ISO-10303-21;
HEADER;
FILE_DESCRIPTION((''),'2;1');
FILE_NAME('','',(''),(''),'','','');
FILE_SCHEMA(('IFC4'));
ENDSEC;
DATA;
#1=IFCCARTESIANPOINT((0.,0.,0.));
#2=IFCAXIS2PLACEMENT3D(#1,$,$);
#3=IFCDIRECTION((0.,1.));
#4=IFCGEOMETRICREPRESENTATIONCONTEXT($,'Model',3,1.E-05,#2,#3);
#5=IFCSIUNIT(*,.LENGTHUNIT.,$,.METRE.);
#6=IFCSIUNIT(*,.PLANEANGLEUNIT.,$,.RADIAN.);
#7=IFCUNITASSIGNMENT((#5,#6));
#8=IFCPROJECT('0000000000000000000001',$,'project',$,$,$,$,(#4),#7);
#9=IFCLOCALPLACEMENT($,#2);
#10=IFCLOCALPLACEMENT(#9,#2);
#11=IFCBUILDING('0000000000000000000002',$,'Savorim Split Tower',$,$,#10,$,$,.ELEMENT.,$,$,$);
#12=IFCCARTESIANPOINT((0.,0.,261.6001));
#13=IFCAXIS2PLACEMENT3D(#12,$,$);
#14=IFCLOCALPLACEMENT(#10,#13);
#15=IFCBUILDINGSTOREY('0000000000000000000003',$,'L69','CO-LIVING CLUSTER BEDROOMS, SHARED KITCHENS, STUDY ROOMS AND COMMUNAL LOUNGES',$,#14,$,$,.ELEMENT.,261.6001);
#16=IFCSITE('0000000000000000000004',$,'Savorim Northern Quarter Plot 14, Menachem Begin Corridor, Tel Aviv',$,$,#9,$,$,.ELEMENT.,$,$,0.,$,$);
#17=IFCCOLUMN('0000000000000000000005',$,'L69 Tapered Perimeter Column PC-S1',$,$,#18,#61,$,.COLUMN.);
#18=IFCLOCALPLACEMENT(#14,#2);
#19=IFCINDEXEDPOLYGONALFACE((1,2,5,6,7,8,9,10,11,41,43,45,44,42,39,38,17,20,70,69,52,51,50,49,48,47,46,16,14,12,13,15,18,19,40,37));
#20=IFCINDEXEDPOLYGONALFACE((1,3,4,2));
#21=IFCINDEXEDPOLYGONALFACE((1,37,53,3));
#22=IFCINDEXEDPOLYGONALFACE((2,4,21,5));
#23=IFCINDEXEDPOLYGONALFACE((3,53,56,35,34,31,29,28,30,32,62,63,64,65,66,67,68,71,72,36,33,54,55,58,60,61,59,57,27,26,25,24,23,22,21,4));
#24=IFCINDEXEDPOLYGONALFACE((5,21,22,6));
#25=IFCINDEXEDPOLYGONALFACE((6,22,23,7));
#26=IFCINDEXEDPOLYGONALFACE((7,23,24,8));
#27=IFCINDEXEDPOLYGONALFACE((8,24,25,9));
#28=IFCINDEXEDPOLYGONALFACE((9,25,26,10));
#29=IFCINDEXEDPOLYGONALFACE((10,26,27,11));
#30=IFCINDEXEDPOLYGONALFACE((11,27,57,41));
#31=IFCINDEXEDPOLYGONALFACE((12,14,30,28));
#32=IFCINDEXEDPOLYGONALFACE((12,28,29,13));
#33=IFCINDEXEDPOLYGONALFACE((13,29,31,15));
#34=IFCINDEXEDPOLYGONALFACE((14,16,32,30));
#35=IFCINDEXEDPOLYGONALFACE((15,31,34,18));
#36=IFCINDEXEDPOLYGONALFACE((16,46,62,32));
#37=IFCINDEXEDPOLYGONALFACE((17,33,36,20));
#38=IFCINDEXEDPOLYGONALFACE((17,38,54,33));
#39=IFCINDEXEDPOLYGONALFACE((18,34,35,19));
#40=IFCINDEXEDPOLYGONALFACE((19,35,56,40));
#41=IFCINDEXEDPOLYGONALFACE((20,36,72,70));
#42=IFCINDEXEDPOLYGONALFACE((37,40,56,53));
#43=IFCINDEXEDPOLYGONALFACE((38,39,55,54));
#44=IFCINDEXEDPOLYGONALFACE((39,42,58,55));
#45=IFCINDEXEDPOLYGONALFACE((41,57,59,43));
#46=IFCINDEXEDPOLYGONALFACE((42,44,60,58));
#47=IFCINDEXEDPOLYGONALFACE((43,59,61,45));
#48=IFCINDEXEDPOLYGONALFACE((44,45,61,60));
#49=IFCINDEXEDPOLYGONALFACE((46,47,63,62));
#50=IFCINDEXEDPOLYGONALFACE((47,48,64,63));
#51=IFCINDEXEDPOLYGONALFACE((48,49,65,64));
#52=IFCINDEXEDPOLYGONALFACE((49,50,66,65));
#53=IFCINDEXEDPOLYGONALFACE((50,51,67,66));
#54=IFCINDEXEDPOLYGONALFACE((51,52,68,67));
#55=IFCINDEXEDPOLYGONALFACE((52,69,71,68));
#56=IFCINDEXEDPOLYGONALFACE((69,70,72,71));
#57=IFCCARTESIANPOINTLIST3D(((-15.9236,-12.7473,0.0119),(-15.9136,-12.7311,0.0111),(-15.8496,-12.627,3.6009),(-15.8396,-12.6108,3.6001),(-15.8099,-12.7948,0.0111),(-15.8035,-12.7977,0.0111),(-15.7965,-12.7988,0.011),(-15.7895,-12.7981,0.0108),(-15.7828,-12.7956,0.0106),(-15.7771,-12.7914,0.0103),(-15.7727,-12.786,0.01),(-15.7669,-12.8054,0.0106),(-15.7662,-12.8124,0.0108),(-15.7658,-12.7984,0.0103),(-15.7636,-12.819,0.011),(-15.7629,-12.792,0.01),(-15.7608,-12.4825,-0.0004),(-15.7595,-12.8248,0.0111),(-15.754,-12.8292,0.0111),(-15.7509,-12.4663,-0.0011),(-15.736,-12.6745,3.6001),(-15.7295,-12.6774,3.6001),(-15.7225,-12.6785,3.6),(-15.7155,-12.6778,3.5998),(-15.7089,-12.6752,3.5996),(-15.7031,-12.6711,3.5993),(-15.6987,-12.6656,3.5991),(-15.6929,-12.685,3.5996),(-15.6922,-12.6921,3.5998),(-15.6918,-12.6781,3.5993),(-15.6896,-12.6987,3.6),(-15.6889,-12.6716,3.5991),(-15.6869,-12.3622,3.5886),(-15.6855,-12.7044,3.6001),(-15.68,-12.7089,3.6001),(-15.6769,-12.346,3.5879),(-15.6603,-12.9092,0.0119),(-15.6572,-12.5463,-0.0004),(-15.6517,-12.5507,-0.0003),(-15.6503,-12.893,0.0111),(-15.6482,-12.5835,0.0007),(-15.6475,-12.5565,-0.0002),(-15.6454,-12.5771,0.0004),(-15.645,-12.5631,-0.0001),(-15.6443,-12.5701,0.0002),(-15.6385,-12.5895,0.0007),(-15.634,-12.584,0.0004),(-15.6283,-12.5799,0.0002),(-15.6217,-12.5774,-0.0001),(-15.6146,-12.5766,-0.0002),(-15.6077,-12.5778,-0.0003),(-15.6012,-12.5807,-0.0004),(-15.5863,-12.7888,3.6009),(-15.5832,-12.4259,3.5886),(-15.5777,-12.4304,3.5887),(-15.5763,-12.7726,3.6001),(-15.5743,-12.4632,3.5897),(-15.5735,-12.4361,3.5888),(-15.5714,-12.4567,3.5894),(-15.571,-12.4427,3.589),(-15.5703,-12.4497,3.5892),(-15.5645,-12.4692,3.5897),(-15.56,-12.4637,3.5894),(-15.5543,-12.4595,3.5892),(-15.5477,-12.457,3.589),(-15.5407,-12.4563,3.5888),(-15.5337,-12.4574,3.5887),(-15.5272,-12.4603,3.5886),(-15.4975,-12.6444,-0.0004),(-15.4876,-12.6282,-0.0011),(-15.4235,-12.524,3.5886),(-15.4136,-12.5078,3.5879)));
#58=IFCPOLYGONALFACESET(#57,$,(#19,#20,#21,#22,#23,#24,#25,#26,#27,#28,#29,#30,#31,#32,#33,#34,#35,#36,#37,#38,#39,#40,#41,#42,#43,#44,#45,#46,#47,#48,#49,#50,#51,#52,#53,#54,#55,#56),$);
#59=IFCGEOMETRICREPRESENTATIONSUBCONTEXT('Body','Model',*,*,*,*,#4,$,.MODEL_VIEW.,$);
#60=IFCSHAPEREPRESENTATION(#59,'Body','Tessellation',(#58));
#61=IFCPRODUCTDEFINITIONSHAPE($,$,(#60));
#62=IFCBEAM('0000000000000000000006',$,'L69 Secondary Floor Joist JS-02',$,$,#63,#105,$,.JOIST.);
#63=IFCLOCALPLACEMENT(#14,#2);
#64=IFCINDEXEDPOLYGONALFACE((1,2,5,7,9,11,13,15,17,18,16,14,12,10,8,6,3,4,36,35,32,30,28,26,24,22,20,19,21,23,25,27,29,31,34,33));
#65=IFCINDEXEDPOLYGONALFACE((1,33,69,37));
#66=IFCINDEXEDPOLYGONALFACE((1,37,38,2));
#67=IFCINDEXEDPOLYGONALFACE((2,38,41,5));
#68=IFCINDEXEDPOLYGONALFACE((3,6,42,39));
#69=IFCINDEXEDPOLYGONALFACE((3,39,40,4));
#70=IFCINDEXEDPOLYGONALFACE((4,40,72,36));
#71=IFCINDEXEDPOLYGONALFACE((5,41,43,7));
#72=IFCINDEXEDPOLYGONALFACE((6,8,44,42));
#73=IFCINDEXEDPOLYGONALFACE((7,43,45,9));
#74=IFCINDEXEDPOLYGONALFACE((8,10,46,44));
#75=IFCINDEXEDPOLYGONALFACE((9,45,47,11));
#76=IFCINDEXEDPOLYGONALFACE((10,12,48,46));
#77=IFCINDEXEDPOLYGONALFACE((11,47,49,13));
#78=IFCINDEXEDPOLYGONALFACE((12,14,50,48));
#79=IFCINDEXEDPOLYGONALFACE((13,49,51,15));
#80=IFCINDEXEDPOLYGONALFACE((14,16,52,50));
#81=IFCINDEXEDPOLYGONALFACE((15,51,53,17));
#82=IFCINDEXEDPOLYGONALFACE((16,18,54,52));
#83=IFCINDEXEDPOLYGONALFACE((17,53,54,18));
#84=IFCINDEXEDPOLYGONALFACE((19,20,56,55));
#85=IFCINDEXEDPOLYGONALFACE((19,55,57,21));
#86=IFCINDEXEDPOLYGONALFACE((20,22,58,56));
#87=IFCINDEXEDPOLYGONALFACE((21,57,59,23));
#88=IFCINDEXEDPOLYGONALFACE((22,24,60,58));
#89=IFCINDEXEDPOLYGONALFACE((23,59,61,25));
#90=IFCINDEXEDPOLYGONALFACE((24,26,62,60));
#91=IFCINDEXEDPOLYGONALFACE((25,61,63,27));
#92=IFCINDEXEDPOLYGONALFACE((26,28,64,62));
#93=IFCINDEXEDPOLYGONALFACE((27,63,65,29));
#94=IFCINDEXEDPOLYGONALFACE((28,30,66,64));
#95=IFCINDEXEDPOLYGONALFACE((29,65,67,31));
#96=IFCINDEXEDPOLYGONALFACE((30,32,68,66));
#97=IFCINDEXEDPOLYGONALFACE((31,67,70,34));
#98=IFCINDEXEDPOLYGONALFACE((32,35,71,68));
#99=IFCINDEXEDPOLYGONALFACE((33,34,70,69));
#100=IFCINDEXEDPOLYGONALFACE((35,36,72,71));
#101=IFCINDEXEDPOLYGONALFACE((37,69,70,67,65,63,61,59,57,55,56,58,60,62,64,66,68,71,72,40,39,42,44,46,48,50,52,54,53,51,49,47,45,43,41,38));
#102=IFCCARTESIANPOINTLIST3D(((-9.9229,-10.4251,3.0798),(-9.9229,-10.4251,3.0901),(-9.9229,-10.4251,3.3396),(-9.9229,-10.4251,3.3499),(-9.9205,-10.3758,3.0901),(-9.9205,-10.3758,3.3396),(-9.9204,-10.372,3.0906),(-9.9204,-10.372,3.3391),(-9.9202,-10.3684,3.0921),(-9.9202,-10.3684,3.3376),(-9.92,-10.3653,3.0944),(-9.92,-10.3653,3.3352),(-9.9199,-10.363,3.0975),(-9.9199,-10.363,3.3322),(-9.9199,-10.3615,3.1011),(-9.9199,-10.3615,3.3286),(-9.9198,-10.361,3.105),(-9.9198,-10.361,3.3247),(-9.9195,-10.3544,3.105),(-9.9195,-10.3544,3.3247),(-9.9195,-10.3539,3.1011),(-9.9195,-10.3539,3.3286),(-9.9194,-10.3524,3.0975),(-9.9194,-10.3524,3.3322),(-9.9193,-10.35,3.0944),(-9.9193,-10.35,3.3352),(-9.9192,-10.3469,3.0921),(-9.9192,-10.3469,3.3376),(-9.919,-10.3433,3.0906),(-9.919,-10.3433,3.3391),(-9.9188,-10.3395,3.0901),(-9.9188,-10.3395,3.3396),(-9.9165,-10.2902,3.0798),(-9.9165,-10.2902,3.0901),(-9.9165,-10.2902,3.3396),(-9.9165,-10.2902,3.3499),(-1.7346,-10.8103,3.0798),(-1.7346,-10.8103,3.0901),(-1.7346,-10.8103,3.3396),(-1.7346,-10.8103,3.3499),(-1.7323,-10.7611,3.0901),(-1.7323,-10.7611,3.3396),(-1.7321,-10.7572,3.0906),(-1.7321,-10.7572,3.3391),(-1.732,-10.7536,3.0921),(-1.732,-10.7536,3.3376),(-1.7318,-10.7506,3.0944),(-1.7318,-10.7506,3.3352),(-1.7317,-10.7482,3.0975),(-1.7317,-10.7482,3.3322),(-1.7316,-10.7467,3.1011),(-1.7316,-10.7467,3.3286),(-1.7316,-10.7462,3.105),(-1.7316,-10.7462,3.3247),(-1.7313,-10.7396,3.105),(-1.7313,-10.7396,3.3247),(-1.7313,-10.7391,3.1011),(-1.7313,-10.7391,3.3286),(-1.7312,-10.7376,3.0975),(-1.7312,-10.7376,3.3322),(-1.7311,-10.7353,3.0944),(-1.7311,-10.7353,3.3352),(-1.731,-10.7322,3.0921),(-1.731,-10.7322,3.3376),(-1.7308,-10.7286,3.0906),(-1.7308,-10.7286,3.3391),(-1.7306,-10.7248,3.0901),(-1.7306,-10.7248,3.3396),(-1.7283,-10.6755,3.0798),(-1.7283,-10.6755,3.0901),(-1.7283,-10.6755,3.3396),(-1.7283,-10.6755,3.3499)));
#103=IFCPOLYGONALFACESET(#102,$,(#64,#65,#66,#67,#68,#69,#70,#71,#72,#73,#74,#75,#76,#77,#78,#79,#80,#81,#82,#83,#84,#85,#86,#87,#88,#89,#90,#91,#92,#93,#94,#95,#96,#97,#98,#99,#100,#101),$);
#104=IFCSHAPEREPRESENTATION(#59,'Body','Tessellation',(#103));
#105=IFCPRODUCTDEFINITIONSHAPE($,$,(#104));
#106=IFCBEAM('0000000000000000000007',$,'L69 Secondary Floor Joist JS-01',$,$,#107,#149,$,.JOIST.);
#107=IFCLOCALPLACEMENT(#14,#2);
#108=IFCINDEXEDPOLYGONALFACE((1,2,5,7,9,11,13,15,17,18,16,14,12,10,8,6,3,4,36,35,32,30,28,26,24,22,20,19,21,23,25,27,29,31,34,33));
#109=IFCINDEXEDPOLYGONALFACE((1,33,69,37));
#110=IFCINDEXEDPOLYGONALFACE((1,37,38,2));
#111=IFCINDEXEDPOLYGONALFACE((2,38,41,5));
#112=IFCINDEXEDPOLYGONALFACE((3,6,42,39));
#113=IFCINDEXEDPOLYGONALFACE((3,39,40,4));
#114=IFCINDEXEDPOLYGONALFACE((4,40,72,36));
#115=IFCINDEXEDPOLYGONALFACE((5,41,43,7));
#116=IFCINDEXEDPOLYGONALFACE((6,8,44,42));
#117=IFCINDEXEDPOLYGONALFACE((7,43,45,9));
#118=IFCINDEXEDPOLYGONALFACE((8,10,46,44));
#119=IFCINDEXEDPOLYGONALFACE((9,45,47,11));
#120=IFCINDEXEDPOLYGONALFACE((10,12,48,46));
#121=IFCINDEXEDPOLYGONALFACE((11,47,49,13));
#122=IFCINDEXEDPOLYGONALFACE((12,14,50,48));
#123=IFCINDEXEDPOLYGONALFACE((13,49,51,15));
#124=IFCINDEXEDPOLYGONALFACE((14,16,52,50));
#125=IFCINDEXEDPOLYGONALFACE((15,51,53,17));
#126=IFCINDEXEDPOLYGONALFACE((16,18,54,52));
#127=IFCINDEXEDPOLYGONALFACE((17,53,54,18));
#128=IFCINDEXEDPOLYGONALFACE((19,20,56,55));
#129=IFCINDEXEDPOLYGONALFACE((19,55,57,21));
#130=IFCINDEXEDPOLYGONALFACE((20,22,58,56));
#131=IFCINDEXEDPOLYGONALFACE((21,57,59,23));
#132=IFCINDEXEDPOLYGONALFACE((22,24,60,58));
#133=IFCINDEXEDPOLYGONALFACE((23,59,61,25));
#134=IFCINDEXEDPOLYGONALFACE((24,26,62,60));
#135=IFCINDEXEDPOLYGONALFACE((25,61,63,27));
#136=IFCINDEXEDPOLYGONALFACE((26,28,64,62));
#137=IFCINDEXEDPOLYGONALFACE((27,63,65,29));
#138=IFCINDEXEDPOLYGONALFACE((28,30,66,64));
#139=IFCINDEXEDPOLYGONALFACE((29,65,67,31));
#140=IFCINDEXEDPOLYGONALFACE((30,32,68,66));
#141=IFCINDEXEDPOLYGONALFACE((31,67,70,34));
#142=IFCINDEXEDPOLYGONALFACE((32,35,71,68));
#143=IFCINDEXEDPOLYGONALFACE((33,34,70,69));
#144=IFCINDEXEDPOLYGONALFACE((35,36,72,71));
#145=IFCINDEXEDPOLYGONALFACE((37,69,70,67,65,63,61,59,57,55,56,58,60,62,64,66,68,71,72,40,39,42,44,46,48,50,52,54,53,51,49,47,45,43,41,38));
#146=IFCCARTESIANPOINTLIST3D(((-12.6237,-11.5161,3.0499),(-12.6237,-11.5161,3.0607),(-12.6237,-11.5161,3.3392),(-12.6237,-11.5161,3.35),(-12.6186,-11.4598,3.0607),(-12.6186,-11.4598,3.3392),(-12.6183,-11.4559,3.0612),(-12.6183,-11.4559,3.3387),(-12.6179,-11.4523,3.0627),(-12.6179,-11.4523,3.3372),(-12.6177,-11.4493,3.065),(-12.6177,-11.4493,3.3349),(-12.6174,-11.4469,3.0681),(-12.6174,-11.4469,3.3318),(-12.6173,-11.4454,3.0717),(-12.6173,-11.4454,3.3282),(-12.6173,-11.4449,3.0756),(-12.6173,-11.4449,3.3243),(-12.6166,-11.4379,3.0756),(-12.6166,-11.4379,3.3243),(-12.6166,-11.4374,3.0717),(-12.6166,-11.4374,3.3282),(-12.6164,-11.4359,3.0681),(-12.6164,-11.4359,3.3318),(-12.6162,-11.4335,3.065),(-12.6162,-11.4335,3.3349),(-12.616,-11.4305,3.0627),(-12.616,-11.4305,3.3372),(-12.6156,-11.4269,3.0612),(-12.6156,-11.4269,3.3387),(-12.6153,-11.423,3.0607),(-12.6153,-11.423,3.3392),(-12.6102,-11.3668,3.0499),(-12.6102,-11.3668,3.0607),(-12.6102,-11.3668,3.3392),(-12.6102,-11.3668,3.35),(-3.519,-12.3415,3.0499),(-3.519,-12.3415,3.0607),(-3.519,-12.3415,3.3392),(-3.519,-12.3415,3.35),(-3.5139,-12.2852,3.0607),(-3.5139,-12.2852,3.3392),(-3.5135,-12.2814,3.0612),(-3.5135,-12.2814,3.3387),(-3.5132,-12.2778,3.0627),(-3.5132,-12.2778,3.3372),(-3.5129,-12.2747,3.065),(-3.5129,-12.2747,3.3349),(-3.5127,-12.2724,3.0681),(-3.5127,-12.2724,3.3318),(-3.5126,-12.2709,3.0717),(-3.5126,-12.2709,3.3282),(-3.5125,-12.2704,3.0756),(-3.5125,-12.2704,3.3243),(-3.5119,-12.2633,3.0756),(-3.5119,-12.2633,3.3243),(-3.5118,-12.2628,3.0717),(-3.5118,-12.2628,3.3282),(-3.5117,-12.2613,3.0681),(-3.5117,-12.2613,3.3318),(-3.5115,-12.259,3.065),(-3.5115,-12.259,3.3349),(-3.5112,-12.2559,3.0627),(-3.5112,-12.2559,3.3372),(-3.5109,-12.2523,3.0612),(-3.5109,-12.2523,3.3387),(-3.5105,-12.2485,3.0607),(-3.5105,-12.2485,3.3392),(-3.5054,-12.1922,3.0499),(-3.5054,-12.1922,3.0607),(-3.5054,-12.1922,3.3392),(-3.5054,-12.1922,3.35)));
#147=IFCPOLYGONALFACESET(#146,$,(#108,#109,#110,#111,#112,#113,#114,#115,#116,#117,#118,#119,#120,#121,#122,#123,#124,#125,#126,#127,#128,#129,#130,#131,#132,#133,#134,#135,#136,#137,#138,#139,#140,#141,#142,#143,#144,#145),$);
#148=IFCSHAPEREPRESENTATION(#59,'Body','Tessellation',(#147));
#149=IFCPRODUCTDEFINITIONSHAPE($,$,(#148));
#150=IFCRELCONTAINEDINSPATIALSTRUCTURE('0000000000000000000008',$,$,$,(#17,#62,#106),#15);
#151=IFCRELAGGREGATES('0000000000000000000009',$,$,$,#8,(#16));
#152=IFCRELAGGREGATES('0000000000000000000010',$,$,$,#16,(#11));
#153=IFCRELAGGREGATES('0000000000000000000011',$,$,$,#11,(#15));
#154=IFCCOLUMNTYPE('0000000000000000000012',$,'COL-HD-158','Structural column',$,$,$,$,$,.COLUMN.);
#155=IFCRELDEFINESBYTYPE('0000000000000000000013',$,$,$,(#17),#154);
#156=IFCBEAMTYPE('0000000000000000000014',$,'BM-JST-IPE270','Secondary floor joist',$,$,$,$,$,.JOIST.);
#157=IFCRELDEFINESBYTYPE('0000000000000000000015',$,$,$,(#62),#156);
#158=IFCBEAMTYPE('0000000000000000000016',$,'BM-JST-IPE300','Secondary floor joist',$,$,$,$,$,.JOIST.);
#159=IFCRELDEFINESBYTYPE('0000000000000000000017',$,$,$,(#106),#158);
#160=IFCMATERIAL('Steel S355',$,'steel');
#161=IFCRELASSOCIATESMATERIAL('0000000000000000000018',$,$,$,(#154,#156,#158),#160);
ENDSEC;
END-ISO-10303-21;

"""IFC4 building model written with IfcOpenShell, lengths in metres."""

from ifc_helpers import new_model, si_unit, direction, frame, origin, origin_2d, place, context, subcontext, project, spatial, i_section, extrude, material, material_profile, profile_set, type_object, element, save


model = new_model("IFC4")

# Units and contexts
model_context = context("Model", 3, precision=1e-05, world=origin(), true_north=direction((0.0, 1.0)))
body_context = subcontext(model_context, "Body", "Model", "MODEL_VIEW")
ifc_project = project(units=[si_unit("LENGTHUNIT", "METRE"), si_unit("PLANEANGLEUNIT", "RADIAN")], contexts=[model_context])

# Site, building, storey
site_placement = place(None, origin())
site = spatial("IfcSite", under=ifc_project, at=site_placement, Name="Savorim Northern Quarter Plot 14, Menachem Begin Corridor, Tel Aviv", CompositionType="ELEMENT", RefElevation=0.0)
building_placement = place(site_placement, origin())
building = spatial("IfcBuilding", under=site, at=building_placement, Name="Savorim Split Tower", CompositionType="ELEMENT")
storey_placement = place(building_placement, frame((0.0, 0.0, 261.6001)))
storey = spatial("IfcBuildingStorey", under=building, at=storey_placement, Name="L69", Description="CO-LIVING CLUSTER BEDROOMS, SHARED KITCHENS, STUDY ROOMS AND COMMUNAL LOUNGES", CompositionType="ELEMENT", Elevation=261.6001)

# Column
ifc_material_1 = material(Name="Steel S355", Category="steel")
ifc_material_profile_1 = material_profile(ifc_material_1, i_section(OverallWidth=0.3091, OverallDepth=0.3301, WebThickness=0.0115, FlangeThickness=0.019, FilletRadius=0.0271, at=origin_2d()), Name="HD 320x158")
ifc_profile_set_1 = profile_set([ifc_material_profile_1], Name="Steel S355")
column_type = type_object("IfcColumnType", Name="COL-HD-158", Description="Structural column", PredefinedType="COLUMN", material=ifc_profile_set_1)
column_placement = place(storey_placement, frame((-15.7056, -12.6877, 0.0054), z_axis=(0.020595, 0.033509, 0.999226), x_axis=(-0.851955, 0.523615, 0.0)))
element("IfcColumn", 1, at=column_placement, inside=storey, type_object=column_type, Name="L69 Tapered Perimeter Column PC-S1", PredefinedType="COLUMN", context=body_context, shape_type="SweptSolid", body=[
    extrude(i_section(OverallWidth=0.3091, OverallDepth=0.3301, WebThickness=0.0115, FlangeThickness=0.019, FilletRadius=0.0271, at=origin_2d()), origin(), (0.0, 0.0, 1.0), 3.5918),
])

# Beams
ifc_material_profile_2 = material_profile(ifc_material_1, i_section(OverallWidth=0.135, OverallDepth=0.27, WebThickness=0.0066, FlangeThickness=0.0103, FilletRadius=0.0149, at=origin_2d()), Name="IPE 270")
ifc_profile_set_2 = profile_set([ifc_material_profile_2], Name="Steel S355")
beam_type_1 = type_object("IfcBeamType", Name="BM-JST-IPE270", Description="Secondary floor joist", PredefinedType="JOIST", material=ifc_profile_set_2)
beam_1_placement = place(storey_placement, frame((-9.9197, -10.3577, 3.2148), z_axis=(0.998895, -0.046998, 0.0), x_axis=(0.046998, 0.998895, 0.0)))
element("IfcBeam", 2, at=beam_1_placement, inside=storey, type_object=beam_type_1, Name="L69 Secondary Floor Joist JS-02", PredefinedType="JOIST", context=body_context, shape_type="SweptSolid", body=[
    extrude(i_section(OverallWidth=0.135, OverallDepth=0.27, WebThickness=0.0066, FlangeThickness=0.0103, FilletRadius=0.0149, at=origin_2d()), origin(), (0.0, 0.0, 1.0), 8.1973),
])
ifc_material_profile_3 = material_profile(ifc_material_1, i_section(OverallWidth=0.1499, OverallDepth=0.3, WebThickness=0.0071, FlangeThickness=0.0107, FilletRadius=0.0149, at=origin_2d()), Name="IPE 300")
ifc_profile_set_3 = profile_set([ifc_material_profile_3], Name="Steel S355")
beam_type_2 = type_object("IfcBeamType", Name="BM-JST-IPE300", Description="Secondary floor joist", PredefinedType="JOIST", material=ifc_profile_set_3)
beam_2_placement = place(storey_placement, frame((-12.6169, -11.4414, 3.2), z_axis=(0.995916, -0.09029, 0.0), x_axis=(0.09029, 0.995916, 0.0)))
element("IfcBeam", 3, at=beam_2_placement, inside=storey, type_object=beam_type_2, Name="L69 Secondary Floor Joist JS-01", PredefinedType="JOIST", context=body_context, shape_type="SweptSolid", body=[
    extrude(i_section(OverallWidth=0.1499, OverallDepth=0.3, WebThickness=0.0071, FlangeThickness=0.0107, FilletRadius=0.0149, at=origin_2d()), origin(), (0.0, 0.0, 1.0), 9.1421),
])

save(model, "model.ifc")
